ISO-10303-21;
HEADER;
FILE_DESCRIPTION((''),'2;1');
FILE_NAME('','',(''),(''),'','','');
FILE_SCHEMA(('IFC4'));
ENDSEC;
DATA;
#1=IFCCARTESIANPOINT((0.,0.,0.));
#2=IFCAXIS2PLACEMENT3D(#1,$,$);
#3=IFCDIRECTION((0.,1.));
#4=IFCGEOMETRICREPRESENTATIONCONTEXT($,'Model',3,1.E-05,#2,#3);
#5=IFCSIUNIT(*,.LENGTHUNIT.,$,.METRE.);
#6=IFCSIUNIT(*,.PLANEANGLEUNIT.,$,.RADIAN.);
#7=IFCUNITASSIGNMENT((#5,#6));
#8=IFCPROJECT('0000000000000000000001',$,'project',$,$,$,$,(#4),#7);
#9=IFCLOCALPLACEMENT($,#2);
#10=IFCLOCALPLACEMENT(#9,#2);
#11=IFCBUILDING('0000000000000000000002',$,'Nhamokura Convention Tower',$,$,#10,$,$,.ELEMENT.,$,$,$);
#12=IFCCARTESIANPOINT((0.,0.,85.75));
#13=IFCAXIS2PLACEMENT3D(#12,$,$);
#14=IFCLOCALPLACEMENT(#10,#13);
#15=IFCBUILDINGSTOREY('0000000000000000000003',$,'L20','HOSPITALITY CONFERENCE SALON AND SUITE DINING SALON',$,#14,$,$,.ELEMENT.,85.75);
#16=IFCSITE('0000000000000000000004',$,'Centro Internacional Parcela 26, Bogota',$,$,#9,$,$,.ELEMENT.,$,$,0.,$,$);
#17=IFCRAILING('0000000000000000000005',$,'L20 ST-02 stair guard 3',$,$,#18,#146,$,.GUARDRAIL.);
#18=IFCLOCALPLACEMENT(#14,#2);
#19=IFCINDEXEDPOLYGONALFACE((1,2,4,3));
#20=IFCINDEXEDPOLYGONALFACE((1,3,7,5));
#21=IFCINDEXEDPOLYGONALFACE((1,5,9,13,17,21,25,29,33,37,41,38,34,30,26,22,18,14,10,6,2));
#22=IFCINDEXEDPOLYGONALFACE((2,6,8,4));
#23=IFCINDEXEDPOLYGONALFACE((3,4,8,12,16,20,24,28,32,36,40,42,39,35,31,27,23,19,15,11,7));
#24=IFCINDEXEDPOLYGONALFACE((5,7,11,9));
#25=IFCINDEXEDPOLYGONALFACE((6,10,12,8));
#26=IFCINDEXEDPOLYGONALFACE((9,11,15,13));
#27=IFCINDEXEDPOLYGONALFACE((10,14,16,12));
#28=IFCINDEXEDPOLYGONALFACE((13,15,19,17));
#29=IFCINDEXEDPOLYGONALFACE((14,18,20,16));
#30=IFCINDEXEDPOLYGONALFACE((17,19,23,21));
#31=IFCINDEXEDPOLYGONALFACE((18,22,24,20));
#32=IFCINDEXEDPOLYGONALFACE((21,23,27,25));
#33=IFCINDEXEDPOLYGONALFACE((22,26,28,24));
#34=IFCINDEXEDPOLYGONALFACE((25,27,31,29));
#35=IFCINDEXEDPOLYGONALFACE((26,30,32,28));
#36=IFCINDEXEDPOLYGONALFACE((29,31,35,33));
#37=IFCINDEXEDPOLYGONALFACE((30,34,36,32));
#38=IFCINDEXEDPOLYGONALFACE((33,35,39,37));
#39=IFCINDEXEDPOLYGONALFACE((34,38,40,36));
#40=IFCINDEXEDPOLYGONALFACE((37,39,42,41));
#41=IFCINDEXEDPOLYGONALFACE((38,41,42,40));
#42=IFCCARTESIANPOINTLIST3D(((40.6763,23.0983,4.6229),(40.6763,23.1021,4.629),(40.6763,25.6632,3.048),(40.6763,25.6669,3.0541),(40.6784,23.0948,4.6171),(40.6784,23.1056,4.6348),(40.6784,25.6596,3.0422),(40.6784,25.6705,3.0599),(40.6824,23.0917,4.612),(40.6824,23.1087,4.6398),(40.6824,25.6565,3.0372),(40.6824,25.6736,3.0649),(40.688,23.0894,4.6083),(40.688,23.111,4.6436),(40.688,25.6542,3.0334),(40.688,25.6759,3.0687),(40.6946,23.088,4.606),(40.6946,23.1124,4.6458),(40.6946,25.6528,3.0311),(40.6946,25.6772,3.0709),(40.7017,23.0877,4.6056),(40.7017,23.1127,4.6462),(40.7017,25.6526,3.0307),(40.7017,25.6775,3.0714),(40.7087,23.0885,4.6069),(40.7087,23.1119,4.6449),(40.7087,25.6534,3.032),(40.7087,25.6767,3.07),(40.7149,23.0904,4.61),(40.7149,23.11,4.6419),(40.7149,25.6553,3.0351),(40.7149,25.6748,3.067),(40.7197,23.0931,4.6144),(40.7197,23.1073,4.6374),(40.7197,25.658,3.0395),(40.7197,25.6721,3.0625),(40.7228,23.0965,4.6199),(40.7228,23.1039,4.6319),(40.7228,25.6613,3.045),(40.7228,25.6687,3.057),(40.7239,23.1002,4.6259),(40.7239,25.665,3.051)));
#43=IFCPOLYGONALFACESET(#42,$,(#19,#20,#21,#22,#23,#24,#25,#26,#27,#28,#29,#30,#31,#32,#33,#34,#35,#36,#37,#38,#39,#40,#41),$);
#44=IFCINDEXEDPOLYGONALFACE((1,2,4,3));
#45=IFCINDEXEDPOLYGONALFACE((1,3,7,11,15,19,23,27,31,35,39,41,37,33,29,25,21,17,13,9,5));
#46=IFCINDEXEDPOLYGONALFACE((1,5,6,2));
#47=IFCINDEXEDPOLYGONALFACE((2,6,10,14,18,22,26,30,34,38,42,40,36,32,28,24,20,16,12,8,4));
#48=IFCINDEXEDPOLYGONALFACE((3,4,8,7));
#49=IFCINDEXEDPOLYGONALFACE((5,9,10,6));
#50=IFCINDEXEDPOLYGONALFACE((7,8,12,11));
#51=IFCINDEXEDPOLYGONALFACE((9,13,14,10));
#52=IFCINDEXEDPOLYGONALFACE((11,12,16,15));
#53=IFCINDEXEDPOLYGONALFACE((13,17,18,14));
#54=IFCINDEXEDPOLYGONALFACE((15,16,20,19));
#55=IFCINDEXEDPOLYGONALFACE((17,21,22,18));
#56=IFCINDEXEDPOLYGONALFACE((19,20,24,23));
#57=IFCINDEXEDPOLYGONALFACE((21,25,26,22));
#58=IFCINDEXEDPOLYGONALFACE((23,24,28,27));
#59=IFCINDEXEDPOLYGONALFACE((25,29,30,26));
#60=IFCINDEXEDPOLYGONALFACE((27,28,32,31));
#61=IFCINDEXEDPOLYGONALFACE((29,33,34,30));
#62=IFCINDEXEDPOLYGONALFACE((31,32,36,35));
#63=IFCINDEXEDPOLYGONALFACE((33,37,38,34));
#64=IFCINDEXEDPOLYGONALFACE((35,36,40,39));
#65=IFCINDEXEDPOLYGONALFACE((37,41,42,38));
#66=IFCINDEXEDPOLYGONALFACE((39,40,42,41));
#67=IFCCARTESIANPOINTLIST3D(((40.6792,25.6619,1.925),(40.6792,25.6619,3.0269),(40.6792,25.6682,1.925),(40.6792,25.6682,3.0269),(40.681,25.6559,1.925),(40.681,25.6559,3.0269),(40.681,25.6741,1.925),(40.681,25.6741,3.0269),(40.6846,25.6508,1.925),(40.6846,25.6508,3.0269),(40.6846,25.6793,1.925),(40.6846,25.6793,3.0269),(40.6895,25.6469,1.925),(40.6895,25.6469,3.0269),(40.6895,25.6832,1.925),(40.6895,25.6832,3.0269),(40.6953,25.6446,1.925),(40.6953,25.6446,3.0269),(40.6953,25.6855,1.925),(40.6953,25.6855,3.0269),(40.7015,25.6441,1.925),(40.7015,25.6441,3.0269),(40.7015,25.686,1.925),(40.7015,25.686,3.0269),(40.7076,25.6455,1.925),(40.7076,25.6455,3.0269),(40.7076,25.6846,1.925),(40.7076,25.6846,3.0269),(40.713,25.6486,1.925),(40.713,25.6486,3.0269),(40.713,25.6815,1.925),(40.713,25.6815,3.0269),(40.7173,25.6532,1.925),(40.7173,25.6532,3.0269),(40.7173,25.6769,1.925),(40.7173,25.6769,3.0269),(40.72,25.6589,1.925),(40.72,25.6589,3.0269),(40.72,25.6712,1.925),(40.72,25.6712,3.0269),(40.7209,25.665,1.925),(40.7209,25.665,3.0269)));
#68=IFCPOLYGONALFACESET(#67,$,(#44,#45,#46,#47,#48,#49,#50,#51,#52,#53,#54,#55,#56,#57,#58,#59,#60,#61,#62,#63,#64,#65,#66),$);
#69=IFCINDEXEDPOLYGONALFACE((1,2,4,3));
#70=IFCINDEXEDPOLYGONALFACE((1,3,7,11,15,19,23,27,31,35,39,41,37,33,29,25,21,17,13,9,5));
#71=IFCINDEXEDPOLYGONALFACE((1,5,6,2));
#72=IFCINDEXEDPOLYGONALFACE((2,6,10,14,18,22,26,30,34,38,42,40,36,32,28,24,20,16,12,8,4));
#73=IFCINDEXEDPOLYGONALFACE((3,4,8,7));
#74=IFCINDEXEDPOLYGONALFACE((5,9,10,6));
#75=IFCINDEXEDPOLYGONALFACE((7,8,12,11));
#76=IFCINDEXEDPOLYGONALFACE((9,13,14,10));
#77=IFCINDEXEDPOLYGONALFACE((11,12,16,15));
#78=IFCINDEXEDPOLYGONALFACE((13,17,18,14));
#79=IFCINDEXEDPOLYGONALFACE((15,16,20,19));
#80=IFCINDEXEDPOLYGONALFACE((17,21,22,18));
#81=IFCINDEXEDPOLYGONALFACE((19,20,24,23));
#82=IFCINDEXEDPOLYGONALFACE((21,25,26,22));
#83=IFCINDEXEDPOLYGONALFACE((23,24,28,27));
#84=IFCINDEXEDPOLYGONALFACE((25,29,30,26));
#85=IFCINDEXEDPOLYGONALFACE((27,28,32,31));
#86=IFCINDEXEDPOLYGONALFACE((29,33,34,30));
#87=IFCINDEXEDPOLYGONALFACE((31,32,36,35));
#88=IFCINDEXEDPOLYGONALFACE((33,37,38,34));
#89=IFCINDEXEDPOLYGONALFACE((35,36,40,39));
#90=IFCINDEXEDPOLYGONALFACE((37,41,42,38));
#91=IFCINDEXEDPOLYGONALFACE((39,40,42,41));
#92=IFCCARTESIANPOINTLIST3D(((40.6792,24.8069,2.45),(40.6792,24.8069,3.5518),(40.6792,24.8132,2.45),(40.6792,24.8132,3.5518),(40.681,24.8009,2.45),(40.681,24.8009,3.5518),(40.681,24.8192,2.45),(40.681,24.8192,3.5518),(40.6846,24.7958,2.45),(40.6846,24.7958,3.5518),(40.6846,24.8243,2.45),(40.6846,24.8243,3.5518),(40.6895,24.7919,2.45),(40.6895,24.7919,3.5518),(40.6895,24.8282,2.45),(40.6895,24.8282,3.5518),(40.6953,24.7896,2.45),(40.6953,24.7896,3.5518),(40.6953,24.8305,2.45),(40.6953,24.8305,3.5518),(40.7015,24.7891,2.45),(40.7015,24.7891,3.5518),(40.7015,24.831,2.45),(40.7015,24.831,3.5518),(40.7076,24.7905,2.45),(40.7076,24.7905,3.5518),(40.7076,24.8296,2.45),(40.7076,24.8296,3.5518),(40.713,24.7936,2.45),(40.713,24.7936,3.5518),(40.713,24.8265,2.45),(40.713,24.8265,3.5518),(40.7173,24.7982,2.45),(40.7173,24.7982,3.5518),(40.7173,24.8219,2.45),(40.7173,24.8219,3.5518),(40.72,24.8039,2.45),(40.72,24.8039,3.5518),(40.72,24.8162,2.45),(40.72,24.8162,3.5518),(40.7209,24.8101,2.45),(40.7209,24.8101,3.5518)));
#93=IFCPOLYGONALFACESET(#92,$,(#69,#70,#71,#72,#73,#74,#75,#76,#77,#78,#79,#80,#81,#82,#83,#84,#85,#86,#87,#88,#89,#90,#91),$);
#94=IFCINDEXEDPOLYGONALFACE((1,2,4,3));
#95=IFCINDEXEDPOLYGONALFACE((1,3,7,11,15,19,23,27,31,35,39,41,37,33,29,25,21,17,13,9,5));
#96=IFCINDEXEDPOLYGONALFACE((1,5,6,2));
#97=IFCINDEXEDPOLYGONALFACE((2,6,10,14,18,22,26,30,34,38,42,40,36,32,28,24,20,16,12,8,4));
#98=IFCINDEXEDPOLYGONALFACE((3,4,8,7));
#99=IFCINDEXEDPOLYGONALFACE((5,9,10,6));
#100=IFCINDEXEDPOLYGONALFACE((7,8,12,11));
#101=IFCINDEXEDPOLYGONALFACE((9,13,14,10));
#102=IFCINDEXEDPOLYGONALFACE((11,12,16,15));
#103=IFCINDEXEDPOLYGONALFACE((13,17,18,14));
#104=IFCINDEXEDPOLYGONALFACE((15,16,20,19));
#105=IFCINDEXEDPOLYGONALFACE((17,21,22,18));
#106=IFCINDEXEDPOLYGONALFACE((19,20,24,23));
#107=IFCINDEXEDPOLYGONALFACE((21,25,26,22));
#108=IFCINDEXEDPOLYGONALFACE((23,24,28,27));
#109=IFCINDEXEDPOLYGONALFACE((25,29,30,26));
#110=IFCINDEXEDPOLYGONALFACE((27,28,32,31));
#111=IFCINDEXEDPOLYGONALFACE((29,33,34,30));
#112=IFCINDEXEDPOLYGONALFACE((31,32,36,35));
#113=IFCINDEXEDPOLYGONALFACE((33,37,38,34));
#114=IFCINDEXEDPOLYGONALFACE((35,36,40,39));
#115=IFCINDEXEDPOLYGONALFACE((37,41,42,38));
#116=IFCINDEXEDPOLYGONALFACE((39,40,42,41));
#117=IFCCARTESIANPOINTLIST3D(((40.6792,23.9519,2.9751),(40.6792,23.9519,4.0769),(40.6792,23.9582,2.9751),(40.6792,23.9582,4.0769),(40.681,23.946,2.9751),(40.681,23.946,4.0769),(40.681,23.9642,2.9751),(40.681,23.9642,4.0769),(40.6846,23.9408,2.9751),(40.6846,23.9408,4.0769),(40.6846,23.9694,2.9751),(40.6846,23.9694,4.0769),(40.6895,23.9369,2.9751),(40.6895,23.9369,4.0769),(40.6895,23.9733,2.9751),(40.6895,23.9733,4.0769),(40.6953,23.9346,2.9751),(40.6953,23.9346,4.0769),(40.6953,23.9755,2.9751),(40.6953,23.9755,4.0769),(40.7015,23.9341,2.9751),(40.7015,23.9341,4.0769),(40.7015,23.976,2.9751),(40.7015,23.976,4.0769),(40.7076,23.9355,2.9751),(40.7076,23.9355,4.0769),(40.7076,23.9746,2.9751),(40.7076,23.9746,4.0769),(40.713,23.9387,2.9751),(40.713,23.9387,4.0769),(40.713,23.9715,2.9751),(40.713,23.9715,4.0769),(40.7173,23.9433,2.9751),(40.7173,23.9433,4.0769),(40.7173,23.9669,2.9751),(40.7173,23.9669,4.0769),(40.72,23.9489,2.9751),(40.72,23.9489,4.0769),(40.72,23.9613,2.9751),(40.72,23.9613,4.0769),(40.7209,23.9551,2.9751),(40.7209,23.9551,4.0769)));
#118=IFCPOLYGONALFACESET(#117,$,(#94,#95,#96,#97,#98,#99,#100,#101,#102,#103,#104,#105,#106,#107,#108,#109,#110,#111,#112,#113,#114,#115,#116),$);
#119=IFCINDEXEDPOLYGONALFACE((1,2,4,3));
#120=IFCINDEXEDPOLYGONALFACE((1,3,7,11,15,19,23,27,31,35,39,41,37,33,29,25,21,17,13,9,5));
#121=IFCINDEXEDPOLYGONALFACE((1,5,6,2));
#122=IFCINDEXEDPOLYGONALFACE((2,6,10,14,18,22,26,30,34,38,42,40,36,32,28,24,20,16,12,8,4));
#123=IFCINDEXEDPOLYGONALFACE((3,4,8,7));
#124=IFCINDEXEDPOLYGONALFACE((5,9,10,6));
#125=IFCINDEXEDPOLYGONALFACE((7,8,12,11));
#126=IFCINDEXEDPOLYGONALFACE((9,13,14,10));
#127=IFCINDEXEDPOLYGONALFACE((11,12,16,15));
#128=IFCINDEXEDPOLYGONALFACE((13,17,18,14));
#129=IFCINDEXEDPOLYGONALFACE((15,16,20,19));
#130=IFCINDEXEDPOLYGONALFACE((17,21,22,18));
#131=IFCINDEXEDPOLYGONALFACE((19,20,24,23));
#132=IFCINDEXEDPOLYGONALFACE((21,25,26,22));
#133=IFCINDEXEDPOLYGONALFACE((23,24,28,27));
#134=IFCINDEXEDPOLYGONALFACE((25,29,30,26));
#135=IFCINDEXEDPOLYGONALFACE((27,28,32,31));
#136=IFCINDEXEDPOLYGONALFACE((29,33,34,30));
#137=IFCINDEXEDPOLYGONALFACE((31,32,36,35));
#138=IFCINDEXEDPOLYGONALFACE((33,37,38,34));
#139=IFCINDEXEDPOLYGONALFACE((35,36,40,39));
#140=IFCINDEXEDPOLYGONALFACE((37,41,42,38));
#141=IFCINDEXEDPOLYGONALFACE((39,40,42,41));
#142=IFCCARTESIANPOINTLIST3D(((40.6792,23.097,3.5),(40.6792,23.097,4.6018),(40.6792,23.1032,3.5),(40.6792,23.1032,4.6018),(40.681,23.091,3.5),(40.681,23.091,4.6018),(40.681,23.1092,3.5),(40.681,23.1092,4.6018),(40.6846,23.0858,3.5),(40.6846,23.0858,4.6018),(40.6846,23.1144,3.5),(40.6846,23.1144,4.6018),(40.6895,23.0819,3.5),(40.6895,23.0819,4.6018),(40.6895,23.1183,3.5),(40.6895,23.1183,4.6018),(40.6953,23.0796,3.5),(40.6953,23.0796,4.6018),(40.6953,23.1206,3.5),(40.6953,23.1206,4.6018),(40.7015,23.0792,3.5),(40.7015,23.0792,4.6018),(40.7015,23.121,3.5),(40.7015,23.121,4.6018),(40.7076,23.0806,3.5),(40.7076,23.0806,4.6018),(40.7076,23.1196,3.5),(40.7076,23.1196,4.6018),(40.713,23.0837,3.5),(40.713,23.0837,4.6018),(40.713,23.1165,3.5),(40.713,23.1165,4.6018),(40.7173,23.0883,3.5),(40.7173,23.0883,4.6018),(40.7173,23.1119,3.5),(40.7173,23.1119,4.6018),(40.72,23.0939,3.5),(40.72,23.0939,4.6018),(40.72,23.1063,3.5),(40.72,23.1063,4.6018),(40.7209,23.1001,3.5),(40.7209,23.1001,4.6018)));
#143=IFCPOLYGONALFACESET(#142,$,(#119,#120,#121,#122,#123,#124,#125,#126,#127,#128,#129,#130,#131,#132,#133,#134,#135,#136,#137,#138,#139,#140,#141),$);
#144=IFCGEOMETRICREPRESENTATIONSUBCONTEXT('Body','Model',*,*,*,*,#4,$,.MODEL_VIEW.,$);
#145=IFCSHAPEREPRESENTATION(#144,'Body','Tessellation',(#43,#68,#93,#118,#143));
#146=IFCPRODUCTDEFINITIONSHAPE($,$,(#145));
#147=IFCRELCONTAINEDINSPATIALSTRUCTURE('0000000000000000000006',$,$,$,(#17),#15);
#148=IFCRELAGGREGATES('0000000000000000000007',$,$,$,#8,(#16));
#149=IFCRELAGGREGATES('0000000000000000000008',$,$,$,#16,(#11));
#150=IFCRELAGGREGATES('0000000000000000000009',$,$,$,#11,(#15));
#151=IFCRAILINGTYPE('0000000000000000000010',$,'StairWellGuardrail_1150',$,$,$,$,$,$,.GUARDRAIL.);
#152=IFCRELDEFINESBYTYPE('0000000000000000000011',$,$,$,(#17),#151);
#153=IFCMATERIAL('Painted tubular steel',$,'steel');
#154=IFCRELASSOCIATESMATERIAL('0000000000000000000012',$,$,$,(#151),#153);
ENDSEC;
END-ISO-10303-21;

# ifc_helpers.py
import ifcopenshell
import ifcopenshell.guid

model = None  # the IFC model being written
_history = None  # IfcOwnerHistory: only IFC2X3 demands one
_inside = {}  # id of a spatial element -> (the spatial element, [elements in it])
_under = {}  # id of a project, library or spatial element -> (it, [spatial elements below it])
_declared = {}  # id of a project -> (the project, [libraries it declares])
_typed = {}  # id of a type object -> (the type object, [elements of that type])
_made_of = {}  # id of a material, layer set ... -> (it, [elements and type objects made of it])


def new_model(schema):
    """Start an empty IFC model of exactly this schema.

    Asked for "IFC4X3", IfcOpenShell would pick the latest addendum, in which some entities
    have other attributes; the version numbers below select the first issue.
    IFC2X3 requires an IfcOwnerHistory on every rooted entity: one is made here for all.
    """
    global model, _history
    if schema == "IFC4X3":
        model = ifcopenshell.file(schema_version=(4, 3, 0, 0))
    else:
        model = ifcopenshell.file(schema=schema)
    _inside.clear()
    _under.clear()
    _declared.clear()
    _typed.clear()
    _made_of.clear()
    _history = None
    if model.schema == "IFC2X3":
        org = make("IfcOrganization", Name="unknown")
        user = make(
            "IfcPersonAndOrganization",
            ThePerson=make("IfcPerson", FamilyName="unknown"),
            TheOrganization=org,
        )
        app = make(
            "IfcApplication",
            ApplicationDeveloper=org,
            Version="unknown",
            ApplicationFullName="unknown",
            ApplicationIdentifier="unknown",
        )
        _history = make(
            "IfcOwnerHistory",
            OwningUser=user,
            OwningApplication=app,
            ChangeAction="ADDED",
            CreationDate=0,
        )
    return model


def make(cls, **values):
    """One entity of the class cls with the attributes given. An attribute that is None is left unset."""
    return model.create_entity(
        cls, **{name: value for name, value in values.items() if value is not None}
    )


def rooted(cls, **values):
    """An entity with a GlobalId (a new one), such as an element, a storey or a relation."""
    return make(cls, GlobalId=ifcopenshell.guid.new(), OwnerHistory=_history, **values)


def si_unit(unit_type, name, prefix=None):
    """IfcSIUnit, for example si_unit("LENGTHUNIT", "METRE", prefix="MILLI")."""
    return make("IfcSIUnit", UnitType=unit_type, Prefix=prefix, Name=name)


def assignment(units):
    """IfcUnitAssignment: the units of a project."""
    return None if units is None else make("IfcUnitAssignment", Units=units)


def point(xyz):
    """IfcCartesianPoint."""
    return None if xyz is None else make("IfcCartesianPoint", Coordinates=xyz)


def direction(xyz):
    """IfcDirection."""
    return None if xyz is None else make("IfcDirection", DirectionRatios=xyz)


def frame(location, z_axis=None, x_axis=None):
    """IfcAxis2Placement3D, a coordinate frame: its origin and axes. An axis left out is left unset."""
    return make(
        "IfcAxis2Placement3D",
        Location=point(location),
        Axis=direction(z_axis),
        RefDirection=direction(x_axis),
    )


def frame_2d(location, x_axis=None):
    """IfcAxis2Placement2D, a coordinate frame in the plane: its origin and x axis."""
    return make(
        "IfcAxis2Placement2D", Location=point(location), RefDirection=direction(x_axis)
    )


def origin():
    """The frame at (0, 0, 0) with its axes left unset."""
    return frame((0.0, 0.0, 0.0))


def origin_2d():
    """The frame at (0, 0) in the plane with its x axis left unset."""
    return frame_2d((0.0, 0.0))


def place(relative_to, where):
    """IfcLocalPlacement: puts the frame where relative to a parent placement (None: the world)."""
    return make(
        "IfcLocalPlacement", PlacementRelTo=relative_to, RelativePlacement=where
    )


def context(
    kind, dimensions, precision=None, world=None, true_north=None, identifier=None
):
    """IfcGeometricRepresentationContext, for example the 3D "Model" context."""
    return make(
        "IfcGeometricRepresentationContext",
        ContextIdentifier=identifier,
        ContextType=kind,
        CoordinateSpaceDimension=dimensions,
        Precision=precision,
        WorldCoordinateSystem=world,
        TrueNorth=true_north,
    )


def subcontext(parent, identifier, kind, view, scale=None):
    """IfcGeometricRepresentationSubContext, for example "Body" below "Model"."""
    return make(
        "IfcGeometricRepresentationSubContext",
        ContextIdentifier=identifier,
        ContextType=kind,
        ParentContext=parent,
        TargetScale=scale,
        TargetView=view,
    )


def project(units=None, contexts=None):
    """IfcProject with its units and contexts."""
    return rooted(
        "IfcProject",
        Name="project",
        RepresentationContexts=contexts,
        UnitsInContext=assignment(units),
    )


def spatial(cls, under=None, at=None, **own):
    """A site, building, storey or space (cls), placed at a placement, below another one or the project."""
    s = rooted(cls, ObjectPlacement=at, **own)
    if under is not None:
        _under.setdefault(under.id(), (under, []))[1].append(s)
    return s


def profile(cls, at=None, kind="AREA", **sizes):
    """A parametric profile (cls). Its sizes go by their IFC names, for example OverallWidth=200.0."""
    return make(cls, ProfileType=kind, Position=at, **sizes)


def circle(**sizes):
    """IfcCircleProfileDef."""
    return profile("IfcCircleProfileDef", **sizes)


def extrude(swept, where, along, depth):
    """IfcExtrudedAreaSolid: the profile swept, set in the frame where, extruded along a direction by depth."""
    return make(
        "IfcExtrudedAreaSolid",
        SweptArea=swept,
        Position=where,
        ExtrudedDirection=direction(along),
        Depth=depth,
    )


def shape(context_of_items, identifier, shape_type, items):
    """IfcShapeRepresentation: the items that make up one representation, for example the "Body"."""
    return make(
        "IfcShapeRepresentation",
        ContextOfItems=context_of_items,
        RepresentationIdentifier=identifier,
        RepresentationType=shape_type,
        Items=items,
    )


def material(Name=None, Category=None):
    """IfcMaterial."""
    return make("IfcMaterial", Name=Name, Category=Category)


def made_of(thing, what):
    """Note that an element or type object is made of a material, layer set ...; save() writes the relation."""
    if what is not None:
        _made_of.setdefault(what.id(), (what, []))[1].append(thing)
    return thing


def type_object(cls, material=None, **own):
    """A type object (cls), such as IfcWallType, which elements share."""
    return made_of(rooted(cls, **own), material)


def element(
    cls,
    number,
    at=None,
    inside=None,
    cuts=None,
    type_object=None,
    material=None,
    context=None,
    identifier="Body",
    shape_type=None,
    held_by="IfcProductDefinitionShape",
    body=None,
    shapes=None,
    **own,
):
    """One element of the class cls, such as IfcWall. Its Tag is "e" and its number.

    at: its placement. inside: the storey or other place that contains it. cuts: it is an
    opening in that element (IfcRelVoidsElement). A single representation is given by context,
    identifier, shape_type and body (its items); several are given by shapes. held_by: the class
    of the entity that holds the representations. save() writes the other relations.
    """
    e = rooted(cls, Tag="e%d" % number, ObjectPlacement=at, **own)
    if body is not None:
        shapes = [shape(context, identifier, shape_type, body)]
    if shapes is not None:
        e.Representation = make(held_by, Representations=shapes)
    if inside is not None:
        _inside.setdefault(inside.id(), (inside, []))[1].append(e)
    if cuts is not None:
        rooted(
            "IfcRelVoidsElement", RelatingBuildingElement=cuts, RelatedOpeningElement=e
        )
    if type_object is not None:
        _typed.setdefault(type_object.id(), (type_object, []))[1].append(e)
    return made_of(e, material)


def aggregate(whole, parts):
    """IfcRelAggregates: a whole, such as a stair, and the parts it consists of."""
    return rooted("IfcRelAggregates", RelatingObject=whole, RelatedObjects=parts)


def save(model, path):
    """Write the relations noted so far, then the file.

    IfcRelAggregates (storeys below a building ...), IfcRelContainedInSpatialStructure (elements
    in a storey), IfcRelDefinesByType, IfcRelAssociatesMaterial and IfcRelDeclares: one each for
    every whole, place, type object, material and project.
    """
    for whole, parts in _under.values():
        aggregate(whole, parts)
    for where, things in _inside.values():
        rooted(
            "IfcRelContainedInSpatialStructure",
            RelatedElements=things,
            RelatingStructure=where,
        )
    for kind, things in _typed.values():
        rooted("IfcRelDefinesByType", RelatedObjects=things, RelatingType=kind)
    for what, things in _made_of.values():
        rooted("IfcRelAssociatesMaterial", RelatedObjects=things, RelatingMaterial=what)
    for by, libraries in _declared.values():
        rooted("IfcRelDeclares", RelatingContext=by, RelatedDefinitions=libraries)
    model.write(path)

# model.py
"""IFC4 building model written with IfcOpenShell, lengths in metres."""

from ifc_helpers import new_model, si_unit, direction, frame, origin, origin_2d, place, context, subcontext, project, spatial, circle, extrude, material, type_object, element, save


model = new_model("IFC4")

# Units and contexts
model_context = context("Model", 3, precision=1e-05, world=origin(), true_north=direction((0.0, 1.0)))
body_context = subcontext(model_context, "Body", "Model", "MODEL_VIEW")
ifc_project = project(units=[si_unit("LENGTHUNIT", "METRE"), si_unit("PLANEANGLEUNIT", "RADIAN")], contexts=[model_context])

# Site, building, storey
site_placement = place(None, origin())
site = spatial("IfcSite", under=ifc_project, at=site_placement, Name="Centro Internacional Parcela 26, Bogota", CompositionType="ELEMENT", RefElevation=0.0)
building_placement = place(site_placement, origin())
building = spatial("IfcBuilding", under=site, at=building_placement, Name="Nhamokura Convention Tower", CompositionType="ELEMENT")
storey_placement = place(building_placement, frame((0.0, 0.0, 85.75)))
storey = spatial("IfcBuildingStorey", under=building, at=storey_placement, Name="L20", Description="HOSPITALITY CONFERENCE SALON AND SUITE DINING SALON", CompositionType="ELEMENT", Elevation=85.75)

# Railing
ifc_material_1 = material(Name="Painted tubular steel", Category="steel")
railing_type_1 = type_object("IfcRailingType", Name="StairWellGuardrail_1150", PredefinedType="GUARDRAIL", material=ifc_material_1)
railing_1_placement = place(storey_placement, frame((40.7, 25.665, 1.925)))
element("IfcRailing", 1, at=railing_1_placement, inside=storey, type_object=railing_type_1, Name="L20 ST-02 stair guard 3", PredefinedType="GUARDRAIL", context=body_context, shape_type="SweptSolid", body=[
    extrude(circle(Radius=0.0239, at=origin_2d()), frame((0.0, 0.0, 1.126), z_axis=(0.0, -0.852173, 0.52326), x_axis=(1.0, 0.0, 0.0)), (0.0, 0.0, 1.0), 3.0098),
    extrude(circle(Radius=0.021, at=origin_2d()), origin(), (0.0, 0.0, 1.0), 1.1018),
    extrude(circle(Radius=0.021, at=origin_2d()), frame((0.0, -0.855, 0.5249)), (0.0, 0.0, 1.0), 1.1018),
    extrude(circle(Radius=0.021, at=origin_2d()), frame((0.0, -1.71, 1.05)), (0.0, 0.0, 1.0), 1.1018),
    extrude(circle(Radius=0.021, at=origin_2d()), frame((0.0, -2.5649, 1.575)), (0.0, 0.0, 1.0), 1.1018),
])

save(model, "model.ifc")
